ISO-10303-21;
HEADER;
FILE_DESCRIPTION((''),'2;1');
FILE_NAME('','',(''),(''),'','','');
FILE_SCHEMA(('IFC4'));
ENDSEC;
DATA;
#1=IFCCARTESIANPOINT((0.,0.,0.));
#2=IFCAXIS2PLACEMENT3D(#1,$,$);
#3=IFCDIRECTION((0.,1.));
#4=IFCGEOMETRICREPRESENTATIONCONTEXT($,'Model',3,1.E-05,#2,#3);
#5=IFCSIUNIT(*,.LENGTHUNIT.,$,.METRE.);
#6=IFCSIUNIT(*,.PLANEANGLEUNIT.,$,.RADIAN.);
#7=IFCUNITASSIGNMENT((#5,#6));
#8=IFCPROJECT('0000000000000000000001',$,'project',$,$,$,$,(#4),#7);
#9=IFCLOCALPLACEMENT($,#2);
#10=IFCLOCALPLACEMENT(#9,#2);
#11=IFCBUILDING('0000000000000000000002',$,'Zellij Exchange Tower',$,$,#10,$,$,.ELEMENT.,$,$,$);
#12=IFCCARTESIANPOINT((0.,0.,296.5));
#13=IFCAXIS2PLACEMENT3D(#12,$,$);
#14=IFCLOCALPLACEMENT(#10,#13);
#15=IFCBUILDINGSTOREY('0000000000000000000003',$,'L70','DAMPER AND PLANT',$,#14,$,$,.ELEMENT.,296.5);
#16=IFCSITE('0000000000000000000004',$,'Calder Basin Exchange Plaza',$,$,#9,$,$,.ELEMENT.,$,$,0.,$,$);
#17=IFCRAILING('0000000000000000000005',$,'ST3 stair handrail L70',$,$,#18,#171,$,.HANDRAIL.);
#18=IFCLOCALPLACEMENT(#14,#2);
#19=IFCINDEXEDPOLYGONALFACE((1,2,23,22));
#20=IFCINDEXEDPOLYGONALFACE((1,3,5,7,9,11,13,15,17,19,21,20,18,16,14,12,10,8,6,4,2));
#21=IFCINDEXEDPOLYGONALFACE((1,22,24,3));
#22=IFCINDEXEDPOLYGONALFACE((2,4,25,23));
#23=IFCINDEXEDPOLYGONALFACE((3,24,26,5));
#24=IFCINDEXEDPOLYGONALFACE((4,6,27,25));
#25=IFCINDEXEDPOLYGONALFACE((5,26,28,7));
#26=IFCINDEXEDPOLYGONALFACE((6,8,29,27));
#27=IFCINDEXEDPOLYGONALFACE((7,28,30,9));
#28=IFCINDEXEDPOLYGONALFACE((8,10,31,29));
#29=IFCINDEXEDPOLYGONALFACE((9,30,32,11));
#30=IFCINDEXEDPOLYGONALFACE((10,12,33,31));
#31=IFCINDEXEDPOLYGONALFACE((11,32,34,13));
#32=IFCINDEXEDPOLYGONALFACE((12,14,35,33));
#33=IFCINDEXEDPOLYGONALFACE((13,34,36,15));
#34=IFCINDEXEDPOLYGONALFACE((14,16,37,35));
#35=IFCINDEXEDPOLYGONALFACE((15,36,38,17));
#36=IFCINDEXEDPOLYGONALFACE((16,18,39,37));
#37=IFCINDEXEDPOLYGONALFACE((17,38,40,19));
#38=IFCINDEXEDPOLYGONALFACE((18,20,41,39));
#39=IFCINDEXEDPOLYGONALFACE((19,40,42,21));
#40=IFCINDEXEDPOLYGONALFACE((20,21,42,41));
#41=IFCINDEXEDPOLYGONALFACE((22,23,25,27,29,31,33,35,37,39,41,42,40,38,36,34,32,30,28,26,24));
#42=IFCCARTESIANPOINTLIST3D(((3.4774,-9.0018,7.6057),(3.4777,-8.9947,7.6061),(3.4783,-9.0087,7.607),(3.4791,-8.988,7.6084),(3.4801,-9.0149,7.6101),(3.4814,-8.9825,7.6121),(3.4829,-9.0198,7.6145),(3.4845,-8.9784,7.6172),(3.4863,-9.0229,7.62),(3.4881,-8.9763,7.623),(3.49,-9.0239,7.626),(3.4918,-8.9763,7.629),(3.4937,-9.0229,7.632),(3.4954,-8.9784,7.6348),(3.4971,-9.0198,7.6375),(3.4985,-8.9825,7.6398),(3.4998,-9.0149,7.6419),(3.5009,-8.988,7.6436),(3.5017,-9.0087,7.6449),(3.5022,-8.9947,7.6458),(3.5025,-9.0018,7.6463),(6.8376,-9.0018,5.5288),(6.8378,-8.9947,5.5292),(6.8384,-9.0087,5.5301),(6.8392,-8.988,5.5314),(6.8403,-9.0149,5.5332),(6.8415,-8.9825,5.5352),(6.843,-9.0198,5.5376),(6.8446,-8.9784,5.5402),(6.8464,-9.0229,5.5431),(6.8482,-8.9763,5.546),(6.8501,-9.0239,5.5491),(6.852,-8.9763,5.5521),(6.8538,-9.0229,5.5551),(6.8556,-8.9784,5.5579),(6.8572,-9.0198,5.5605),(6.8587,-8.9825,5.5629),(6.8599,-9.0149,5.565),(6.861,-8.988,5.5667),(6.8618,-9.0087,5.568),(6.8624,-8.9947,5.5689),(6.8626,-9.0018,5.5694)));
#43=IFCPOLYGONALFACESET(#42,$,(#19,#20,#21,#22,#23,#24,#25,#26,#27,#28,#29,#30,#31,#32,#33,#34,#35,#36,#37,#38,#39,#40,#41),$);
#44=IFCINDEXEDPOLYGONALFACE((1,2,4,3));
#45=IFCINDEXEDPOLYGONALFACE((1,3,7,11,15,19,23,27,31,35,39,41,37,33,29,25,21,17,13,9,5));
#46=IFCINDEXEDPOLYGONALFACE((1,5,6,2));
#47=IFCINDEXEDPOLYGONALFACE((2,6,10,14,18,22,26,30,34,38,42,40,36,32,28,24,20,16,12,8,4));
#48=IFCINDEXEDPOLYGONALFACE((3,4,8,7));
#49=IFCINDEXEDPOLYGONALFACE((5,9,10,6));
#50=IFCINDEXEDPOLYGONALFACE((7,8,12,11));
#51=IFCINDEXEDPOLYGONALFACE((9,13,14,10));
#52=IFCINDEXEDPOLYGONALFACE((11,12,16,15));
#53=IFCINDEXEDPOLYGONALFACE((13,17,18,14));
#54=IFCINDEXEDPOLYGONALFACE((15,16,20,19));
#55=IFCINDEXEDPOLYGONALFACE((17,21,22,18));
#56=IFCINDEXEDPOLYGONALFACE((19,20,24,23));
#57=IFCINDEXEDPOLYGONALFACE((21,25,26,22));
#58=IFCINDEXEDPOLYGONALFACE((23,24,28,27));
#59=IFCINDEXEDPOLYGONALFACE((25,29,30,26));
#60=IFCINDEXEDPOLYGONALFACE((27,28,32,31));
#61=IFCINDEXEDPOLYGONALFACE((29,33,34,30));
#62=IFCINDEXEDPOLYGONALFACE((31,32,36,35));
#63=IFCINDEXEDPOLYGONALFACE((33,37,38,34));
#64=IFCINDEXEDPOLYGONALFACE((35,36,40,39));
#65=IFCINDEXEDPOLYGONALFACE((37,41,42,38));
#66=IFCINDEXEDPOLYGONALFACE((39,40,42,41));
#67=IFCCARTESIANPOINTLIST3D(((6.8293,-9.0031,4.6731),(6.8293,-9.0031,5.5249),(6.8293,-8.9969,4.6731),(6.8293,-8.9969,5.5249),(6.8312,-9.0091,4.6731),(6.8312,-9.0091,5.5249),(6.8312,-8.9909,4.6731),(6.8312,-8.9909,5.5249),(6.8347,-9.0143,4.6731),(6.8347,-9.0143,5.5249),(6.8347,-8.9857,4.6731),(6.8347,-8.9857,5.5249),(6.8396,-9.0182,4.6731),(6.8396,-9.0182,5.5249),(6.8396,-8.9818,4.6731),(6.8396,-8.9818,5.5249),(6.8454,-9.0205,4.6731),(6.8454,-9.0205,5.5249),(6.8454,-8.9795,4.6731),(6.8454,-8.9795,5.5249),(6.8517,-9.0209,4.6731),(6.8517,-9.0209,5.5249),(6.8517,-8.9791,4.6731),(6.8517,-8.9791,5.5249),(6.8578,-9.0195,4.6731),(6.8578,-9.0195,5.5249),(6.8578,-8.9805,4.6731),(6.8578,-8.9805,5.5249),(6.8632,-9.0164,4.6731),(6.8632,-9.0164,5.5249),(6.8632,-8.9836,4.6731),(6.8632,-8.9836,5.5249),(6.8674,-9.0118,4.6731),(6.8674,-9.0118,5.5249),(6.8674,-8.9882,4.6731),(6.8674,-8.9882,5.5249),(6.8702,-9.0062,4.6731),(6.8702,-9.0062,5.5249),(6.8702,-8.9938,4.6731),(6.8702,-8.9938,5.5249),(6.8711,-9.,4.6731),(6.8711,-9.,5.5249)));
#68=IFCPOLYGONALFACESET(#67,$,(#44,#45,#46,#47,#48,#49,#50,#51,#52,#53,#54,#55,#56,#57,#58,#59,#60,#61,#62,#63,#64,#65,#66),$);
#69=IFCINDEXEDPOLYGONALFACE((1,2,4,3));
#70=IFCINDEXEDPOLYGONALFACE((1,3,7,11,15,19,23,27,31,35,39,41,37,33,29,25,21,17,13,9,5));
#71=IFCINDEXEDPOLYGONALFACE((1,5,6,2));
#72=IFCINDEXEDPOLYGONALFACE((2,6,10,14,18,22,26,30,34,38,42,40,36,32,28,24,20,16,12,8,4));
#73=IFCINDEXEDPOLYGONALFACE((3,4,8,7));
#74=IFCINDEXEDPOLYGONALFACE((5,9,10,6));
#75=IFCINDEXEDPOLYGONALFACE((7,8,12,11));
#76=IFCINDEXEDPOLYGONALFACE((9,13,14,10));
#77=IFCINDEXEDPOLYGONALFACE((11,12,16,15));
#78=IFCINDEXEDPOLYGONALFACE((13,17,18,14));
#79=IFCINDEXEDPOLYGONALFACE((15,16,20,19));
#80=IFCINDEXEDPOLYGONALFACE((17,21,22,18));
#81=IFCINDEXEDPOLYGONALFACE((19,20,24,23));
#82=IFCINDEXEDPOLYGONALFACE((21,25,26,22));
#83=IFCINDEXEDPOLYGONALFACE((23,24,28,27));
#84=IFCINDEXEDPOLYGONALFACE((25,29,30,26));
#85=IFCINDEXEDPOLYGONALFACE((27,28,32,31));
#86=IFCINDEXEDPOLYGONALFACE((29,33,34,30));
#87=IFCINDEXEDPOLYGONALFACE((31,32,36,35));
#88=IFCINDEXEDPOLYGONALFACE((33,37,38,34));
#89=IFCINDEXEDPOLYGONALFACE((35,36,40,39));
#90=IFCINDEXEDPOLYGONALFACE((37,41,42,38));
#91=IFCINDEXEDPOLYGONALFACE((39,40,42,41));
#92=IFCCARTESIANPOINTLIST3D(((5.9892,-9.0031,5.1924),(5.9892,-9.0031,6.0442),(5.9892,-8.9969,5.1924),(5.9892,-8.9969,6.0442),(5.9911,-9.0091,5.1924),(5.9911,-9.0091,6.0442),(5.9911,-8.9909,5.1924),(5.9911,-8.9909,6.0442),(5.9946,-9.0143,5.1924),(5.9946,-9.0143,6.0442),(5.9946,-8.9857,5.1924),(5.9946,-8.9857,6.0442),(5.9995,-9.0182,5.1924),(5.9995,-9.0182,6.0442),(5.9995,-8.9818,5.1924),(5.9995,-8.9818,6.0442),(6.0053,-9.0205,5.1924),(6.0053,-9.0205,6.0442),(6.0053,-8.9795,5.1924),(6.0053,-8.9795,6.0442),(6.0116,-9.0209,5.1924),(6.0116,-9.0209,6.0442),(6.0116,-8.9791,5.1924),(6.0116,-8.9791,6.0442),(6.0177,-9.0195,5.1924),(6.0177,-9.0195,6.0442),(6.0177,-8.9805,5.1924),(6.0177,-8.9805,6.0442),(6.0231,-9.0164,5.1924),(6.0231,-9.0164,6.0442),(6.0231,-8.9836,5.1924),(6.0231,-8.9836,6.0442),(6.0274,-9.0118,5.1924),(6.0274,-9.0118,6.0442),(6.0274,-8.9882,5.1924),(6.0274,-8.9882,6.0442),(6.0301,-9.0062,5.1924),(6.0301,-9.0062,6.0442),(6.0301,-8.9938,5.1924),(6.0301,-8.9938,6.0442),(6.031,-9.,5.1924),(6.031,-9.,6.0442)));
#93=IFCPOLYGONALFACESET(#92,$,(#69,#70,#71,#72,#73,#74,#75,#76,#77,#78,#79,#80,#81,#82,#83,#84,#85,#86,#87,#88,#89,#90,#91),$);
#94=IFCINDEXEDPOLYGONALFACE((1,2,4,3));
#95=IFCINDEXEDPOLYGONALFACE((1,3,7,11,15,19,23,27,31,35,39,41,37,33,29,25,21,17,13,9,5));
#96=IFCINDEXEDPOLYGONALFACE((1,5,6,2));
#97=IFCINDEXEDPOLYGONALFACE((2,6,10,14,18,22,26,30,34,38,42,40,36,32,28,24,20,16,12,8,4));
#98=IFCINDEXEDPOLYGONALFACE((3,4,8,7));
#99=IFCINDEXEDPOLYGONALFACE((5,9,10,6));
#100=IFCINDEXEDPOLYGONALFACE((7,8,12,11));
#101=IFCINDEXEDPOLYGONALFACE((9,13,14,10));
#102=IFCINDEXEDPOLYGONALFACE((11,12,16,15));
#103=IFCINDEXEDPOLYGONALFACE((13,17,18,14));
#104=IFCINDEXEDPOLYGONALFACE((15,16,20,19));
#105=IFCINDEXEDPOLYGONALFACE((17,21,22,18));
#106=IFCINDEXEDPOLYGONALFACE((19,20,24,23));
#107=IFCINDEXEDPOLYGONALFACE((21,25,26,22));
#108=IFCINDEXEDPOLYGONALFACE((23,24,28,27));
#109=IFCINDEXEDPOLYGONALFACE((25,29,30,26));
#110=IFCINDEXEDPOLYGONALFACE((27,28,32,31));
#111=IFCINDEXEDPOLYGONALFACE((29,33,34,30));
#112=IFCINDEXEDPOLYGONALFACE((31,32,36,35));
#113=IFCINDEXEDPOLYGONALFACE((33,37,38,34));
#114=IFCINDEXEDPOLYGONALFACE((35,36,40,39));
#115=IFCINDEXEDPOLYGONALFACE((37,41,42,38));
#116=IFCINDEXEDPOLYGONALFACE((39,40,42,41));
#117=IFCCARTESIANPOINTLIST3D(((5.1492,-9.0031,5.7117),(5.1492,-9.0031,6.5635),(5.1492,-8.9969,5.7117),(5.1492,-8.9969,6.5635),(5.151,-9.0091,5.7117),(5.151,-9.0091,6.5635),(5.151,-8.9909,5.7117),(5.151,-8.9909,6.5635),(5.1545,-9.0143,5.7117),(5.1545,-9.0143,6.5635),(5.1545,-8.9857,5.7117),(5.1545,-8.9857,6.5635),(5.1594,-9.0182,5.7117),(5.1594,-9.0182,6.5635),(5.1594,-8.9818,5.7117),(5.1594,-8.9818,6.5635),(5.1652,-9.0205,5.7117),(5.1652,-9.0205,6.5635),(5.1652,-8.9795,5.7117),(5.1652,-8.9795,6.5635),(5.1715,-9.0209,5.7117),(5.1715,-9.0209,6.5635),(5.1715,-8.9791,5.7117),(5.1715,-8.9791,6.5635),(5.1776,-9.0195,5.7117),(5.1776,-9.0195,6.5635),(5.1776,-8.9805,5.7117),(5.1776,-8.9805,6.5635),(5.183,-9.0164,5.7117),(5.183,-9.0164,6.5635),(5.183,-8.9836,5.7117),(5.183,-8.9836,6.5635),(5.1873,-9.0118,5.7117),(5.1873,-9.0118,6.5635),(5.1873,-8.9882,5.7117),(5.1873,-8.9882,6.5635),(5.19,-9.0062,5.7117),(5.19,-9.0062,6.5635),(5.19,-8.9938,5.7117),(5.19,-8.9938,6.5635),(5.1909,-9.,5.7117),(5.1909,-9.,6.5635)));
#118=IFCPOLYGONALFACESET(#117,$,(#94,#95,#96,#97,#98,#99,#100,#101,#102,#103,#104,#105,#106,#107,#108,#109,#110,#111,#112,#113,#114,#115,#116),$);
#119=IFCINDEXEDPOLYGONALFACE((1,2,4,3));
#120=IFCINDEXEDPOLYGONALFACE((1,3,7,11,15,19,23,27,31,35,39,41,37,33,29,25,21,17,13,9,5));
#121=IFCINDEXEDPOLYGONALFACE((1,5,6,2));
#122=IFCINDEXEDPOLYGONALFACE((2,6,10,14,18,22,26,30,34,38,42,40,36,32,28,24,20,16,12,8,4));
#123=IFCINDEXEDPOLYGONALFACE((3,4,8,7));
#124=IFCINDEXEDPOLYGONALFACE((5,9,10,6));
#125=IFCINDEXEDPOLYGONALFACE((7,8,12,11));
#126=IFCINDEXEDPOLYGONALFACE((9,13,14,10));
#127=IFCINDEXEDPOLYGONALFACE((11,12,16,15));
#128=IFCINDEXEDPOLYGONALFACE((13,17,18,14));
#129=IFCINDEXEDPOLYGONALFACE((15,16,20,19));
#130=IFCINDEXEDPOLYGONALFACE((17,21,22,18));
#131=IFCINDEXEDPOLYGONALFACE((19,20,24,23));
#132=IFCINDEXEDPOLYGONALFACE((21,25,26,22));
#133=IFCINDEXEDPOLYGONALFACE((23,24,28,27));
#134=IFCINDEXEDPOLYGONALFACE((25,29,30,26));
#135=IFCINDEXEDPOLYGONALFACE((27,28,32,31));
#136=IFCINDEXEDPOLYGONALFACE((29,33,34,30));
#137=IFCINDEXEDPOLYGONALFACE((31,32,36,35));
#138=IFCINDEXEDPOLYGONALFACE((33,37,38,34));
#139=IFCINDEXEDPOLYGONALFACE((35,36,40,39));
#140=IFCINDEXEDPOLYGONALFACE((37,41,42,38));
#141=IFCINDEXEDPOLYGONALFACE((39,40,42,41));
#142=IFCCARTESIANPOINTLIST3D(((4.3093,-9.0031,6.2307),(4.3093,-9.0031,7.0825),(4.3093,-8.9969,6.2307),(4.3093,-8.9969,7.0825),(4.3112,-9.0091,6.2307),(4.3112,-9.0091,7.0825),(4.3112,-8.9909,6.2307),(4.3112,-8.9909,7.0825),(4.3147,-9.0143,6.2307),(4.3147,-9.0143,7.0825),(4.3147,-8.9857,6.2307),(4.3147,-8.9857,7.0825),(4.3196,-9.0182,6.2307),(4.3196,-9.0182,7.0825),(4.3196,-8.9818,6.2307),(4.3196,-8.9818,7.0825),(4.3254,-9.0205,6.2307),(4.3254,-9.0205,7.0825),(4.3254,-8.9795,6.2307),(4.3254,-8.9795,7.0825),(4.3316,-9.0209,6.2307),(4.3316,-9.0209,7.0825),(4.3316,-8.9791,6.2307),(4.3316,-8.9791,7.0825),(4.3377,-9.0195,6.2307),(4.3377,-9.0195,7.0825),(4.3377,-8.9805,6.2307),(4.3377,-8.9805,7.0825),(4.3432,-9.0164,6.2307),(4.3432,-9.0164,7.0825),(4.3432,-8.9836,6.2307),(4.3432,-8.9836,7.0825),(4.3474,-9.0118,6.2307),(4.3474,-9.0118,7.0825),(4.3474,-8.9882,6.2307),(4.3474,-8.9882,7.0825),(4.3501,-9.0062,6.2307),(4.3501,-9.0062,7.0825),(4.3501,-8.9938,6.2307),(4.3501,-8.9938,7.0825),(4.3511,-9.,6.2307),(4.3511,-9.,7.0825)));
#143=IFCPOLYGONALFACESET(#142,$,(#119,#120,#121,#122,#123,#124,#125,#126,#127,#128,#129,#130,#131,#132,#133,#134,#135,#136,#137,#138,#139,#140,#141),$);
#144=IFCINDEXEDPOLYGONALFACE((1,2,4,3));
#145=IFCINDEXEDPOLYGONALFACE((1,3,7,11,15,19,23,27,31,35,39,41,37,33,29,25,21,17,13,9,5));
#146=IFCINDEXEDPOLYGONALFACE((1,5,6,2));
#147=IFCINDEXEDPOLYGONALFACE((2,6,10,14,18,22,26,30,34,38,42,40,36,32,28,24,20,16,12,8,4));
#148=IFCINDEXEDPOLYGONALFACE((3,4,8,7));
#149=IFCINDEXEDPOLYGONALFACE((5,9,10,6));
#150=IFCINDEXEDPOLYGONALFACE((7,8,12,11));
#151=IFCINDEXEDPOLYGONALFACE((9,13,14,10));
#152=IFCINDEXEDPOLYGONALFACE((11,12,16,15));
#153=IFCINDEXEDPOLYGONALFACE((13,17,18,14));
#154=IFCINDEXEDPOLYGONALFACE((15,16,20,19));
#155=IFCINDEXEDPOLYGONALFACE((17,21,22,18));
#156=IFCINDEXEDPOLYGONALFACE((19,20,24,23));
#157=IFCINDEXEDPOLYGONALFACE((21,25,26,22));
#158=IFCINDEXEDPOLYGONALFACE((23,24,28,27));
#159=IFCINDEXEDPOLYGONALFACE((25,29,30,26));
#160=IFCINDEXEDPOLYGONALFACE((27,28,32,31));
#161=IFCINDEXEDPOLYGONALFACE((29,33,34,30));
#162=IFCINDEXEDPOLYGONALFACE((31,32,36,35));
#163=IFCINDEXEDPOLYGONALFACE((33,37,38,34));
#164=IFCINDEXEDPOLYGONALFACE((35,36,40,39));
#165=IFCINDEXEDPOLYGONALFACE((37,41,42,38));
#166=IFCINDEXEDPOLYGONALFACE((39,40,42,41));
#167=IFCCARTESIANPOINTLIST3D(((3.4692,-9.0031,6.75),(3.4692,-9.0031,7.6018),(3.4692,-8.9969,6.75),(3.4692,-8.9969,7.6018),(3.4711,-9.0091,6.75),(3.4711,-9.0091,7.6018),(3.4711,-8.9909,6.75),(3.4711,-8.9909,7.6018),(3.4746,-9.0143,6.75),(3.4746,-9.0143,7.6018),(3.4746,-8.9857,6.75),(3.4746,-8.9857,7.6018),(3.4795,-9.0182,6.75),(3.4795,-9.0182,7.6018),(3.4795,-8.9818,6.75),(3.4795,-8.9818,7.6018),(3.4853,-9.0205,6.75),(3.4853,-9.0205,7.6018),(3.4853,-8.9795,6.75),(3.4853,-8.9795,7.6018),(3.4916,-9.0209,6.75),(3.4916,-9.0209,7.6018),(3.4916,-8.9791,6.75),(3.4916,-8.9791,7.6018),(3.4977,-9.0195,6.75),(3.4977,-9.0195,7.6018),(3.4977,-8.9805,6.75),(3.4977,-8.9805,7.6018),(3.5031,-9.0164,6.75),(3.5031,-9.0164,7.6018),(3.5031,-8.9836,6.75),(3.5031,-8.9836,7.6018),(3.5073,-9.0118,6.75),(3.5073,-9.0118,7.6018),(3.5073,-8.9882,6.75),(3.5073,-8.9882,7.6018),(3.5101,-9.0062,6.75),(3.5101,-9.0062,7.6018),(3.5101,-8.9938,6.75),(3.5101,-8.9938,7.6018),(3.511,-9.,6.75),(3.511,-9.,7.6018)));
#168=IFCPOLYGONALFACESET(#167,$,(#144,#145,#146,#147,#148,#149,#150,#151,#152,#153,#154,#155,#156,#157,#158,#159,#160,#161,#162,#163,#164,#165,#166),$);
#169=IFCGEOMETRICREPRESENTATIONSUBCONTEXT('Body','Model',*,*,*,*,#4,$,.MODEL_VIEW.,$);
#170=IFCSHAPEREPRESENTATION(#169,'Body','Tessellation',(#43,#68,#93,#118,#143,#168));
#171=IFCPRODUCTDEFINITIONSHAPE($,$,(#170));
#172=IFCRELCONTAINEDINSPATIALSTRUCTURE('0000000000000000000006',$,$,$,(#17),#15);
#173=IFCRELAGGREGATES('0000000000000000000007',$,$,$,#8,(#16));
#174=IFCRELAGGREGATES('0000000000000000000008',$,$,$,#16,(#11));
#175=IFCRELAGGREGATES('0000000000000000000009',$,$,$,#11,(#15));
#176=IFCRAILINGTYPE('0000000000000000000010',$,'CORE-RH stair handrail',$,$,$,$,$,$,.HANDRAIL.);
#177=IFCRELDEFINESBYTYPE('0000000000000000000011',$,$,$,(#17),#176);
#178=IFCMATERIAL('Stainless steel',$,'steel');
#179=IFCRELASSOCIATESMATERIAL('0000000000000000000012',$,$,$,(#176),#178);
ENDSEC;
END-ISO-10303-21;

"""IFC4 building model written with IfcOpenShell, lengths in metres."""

from ifc_helpers import new_model, si_unit, direction, frame, origin, origin_2d, place, context, subcontext, project, spatial, circle, extrude, material, type_object, element, save


model = new_model("IFC4")

# Units and contexts
model_context = context("Model", 3, precision=1e-05, world=origin(), true_north=direction((0.0, 1.0)))
body_context = subcontext(model_context, "Body", "Model", "MODEL_VIEW")
ifc_project = project(units=[si_unit("LENGTHUNIT", "METRE"), si_unit("PLANEANGLEUNIT", "RADIAN")], contexts=[model_context])

# Site, building, storey
site_placement = place(None, origin())
site = spatial("IfcSite", under=ifc_project, at=site_placement, Name="Calder Basin Exchange Plaza", CompositionType="ELEMENT", RefElevation=0.0)
building_placement = place(site_placement, origin())
building = spatial("IfcBuilding", under=site, at=building_placement, Name="Zellij Exchange Tower", CompositionType="ELEMENT")
storey_placement = place(building_placement, frame((0.0, 0.0, 296.5)))
storey = spatial("IfcBuildingStorey", under=building, at=storey_placement, Name="L70", Description="DAMPER AND PLANT", CompositionType="ELEMENT", Elevation=296.5)

# Railing
ifc_material_1 = material(Name="Stainless steel", Category="steel")
railing_type_1 = type_object("IfcRailingType", Name="CORE-RH stair handrail", PredefinedType="HANDRAIL", material=ifc_material_1)
railing_1_placement = place(storey_placement, frame((6.8501, -9.0, 4.6731)))
element("IfcRailing", 1, at=railing_1_placement, inside=storey, type_object=railing_type_1, Name="ST3 stair handrail L70", PredefinedType="HANDRAIL", context=body_context, shape_type="SweptSolid", body=[
    extrude(circle(Radius=0.0239, at=origin_2d()), frame((0.0, 0.0, 0.876), z_axis=(-0.850623, 0.0, 0.525776), x_axis=(0.0, -1.0, 0.0)), (0.0, 0.0, 1.0), 3.9502),
    extrude(circle(Radius=0.021, at=origin_2d()), origin(), (0.0, 0.0, 1.0), 0.8518),
    extrude(circle(Radius=0.021, at=origin_2d()), frame((-0.8401, 0.0, 0.5193)), (0.0, 0.0, 1.0), 0.8518),
    extrude(circle(Radius=0.021, at=origin_2d()), frame((-1.6802, 0.0, 1.0386)), (0.0, 0.0, 1.0), 0.8518),
    extrude(circle(Radius=0.021, at=origin_2d()), frame((-2.52, 0.0, 1.5576)), (0.0, 0.0, 1.0), 0.8518),
    extrude(circle(Radius=0.021, at=origin_2d()), frame((-3.3601, 0.0, 2.0769)), (0.0, 0.0, 1.0), 0.8518),
])

save(model, "model.ifc")
